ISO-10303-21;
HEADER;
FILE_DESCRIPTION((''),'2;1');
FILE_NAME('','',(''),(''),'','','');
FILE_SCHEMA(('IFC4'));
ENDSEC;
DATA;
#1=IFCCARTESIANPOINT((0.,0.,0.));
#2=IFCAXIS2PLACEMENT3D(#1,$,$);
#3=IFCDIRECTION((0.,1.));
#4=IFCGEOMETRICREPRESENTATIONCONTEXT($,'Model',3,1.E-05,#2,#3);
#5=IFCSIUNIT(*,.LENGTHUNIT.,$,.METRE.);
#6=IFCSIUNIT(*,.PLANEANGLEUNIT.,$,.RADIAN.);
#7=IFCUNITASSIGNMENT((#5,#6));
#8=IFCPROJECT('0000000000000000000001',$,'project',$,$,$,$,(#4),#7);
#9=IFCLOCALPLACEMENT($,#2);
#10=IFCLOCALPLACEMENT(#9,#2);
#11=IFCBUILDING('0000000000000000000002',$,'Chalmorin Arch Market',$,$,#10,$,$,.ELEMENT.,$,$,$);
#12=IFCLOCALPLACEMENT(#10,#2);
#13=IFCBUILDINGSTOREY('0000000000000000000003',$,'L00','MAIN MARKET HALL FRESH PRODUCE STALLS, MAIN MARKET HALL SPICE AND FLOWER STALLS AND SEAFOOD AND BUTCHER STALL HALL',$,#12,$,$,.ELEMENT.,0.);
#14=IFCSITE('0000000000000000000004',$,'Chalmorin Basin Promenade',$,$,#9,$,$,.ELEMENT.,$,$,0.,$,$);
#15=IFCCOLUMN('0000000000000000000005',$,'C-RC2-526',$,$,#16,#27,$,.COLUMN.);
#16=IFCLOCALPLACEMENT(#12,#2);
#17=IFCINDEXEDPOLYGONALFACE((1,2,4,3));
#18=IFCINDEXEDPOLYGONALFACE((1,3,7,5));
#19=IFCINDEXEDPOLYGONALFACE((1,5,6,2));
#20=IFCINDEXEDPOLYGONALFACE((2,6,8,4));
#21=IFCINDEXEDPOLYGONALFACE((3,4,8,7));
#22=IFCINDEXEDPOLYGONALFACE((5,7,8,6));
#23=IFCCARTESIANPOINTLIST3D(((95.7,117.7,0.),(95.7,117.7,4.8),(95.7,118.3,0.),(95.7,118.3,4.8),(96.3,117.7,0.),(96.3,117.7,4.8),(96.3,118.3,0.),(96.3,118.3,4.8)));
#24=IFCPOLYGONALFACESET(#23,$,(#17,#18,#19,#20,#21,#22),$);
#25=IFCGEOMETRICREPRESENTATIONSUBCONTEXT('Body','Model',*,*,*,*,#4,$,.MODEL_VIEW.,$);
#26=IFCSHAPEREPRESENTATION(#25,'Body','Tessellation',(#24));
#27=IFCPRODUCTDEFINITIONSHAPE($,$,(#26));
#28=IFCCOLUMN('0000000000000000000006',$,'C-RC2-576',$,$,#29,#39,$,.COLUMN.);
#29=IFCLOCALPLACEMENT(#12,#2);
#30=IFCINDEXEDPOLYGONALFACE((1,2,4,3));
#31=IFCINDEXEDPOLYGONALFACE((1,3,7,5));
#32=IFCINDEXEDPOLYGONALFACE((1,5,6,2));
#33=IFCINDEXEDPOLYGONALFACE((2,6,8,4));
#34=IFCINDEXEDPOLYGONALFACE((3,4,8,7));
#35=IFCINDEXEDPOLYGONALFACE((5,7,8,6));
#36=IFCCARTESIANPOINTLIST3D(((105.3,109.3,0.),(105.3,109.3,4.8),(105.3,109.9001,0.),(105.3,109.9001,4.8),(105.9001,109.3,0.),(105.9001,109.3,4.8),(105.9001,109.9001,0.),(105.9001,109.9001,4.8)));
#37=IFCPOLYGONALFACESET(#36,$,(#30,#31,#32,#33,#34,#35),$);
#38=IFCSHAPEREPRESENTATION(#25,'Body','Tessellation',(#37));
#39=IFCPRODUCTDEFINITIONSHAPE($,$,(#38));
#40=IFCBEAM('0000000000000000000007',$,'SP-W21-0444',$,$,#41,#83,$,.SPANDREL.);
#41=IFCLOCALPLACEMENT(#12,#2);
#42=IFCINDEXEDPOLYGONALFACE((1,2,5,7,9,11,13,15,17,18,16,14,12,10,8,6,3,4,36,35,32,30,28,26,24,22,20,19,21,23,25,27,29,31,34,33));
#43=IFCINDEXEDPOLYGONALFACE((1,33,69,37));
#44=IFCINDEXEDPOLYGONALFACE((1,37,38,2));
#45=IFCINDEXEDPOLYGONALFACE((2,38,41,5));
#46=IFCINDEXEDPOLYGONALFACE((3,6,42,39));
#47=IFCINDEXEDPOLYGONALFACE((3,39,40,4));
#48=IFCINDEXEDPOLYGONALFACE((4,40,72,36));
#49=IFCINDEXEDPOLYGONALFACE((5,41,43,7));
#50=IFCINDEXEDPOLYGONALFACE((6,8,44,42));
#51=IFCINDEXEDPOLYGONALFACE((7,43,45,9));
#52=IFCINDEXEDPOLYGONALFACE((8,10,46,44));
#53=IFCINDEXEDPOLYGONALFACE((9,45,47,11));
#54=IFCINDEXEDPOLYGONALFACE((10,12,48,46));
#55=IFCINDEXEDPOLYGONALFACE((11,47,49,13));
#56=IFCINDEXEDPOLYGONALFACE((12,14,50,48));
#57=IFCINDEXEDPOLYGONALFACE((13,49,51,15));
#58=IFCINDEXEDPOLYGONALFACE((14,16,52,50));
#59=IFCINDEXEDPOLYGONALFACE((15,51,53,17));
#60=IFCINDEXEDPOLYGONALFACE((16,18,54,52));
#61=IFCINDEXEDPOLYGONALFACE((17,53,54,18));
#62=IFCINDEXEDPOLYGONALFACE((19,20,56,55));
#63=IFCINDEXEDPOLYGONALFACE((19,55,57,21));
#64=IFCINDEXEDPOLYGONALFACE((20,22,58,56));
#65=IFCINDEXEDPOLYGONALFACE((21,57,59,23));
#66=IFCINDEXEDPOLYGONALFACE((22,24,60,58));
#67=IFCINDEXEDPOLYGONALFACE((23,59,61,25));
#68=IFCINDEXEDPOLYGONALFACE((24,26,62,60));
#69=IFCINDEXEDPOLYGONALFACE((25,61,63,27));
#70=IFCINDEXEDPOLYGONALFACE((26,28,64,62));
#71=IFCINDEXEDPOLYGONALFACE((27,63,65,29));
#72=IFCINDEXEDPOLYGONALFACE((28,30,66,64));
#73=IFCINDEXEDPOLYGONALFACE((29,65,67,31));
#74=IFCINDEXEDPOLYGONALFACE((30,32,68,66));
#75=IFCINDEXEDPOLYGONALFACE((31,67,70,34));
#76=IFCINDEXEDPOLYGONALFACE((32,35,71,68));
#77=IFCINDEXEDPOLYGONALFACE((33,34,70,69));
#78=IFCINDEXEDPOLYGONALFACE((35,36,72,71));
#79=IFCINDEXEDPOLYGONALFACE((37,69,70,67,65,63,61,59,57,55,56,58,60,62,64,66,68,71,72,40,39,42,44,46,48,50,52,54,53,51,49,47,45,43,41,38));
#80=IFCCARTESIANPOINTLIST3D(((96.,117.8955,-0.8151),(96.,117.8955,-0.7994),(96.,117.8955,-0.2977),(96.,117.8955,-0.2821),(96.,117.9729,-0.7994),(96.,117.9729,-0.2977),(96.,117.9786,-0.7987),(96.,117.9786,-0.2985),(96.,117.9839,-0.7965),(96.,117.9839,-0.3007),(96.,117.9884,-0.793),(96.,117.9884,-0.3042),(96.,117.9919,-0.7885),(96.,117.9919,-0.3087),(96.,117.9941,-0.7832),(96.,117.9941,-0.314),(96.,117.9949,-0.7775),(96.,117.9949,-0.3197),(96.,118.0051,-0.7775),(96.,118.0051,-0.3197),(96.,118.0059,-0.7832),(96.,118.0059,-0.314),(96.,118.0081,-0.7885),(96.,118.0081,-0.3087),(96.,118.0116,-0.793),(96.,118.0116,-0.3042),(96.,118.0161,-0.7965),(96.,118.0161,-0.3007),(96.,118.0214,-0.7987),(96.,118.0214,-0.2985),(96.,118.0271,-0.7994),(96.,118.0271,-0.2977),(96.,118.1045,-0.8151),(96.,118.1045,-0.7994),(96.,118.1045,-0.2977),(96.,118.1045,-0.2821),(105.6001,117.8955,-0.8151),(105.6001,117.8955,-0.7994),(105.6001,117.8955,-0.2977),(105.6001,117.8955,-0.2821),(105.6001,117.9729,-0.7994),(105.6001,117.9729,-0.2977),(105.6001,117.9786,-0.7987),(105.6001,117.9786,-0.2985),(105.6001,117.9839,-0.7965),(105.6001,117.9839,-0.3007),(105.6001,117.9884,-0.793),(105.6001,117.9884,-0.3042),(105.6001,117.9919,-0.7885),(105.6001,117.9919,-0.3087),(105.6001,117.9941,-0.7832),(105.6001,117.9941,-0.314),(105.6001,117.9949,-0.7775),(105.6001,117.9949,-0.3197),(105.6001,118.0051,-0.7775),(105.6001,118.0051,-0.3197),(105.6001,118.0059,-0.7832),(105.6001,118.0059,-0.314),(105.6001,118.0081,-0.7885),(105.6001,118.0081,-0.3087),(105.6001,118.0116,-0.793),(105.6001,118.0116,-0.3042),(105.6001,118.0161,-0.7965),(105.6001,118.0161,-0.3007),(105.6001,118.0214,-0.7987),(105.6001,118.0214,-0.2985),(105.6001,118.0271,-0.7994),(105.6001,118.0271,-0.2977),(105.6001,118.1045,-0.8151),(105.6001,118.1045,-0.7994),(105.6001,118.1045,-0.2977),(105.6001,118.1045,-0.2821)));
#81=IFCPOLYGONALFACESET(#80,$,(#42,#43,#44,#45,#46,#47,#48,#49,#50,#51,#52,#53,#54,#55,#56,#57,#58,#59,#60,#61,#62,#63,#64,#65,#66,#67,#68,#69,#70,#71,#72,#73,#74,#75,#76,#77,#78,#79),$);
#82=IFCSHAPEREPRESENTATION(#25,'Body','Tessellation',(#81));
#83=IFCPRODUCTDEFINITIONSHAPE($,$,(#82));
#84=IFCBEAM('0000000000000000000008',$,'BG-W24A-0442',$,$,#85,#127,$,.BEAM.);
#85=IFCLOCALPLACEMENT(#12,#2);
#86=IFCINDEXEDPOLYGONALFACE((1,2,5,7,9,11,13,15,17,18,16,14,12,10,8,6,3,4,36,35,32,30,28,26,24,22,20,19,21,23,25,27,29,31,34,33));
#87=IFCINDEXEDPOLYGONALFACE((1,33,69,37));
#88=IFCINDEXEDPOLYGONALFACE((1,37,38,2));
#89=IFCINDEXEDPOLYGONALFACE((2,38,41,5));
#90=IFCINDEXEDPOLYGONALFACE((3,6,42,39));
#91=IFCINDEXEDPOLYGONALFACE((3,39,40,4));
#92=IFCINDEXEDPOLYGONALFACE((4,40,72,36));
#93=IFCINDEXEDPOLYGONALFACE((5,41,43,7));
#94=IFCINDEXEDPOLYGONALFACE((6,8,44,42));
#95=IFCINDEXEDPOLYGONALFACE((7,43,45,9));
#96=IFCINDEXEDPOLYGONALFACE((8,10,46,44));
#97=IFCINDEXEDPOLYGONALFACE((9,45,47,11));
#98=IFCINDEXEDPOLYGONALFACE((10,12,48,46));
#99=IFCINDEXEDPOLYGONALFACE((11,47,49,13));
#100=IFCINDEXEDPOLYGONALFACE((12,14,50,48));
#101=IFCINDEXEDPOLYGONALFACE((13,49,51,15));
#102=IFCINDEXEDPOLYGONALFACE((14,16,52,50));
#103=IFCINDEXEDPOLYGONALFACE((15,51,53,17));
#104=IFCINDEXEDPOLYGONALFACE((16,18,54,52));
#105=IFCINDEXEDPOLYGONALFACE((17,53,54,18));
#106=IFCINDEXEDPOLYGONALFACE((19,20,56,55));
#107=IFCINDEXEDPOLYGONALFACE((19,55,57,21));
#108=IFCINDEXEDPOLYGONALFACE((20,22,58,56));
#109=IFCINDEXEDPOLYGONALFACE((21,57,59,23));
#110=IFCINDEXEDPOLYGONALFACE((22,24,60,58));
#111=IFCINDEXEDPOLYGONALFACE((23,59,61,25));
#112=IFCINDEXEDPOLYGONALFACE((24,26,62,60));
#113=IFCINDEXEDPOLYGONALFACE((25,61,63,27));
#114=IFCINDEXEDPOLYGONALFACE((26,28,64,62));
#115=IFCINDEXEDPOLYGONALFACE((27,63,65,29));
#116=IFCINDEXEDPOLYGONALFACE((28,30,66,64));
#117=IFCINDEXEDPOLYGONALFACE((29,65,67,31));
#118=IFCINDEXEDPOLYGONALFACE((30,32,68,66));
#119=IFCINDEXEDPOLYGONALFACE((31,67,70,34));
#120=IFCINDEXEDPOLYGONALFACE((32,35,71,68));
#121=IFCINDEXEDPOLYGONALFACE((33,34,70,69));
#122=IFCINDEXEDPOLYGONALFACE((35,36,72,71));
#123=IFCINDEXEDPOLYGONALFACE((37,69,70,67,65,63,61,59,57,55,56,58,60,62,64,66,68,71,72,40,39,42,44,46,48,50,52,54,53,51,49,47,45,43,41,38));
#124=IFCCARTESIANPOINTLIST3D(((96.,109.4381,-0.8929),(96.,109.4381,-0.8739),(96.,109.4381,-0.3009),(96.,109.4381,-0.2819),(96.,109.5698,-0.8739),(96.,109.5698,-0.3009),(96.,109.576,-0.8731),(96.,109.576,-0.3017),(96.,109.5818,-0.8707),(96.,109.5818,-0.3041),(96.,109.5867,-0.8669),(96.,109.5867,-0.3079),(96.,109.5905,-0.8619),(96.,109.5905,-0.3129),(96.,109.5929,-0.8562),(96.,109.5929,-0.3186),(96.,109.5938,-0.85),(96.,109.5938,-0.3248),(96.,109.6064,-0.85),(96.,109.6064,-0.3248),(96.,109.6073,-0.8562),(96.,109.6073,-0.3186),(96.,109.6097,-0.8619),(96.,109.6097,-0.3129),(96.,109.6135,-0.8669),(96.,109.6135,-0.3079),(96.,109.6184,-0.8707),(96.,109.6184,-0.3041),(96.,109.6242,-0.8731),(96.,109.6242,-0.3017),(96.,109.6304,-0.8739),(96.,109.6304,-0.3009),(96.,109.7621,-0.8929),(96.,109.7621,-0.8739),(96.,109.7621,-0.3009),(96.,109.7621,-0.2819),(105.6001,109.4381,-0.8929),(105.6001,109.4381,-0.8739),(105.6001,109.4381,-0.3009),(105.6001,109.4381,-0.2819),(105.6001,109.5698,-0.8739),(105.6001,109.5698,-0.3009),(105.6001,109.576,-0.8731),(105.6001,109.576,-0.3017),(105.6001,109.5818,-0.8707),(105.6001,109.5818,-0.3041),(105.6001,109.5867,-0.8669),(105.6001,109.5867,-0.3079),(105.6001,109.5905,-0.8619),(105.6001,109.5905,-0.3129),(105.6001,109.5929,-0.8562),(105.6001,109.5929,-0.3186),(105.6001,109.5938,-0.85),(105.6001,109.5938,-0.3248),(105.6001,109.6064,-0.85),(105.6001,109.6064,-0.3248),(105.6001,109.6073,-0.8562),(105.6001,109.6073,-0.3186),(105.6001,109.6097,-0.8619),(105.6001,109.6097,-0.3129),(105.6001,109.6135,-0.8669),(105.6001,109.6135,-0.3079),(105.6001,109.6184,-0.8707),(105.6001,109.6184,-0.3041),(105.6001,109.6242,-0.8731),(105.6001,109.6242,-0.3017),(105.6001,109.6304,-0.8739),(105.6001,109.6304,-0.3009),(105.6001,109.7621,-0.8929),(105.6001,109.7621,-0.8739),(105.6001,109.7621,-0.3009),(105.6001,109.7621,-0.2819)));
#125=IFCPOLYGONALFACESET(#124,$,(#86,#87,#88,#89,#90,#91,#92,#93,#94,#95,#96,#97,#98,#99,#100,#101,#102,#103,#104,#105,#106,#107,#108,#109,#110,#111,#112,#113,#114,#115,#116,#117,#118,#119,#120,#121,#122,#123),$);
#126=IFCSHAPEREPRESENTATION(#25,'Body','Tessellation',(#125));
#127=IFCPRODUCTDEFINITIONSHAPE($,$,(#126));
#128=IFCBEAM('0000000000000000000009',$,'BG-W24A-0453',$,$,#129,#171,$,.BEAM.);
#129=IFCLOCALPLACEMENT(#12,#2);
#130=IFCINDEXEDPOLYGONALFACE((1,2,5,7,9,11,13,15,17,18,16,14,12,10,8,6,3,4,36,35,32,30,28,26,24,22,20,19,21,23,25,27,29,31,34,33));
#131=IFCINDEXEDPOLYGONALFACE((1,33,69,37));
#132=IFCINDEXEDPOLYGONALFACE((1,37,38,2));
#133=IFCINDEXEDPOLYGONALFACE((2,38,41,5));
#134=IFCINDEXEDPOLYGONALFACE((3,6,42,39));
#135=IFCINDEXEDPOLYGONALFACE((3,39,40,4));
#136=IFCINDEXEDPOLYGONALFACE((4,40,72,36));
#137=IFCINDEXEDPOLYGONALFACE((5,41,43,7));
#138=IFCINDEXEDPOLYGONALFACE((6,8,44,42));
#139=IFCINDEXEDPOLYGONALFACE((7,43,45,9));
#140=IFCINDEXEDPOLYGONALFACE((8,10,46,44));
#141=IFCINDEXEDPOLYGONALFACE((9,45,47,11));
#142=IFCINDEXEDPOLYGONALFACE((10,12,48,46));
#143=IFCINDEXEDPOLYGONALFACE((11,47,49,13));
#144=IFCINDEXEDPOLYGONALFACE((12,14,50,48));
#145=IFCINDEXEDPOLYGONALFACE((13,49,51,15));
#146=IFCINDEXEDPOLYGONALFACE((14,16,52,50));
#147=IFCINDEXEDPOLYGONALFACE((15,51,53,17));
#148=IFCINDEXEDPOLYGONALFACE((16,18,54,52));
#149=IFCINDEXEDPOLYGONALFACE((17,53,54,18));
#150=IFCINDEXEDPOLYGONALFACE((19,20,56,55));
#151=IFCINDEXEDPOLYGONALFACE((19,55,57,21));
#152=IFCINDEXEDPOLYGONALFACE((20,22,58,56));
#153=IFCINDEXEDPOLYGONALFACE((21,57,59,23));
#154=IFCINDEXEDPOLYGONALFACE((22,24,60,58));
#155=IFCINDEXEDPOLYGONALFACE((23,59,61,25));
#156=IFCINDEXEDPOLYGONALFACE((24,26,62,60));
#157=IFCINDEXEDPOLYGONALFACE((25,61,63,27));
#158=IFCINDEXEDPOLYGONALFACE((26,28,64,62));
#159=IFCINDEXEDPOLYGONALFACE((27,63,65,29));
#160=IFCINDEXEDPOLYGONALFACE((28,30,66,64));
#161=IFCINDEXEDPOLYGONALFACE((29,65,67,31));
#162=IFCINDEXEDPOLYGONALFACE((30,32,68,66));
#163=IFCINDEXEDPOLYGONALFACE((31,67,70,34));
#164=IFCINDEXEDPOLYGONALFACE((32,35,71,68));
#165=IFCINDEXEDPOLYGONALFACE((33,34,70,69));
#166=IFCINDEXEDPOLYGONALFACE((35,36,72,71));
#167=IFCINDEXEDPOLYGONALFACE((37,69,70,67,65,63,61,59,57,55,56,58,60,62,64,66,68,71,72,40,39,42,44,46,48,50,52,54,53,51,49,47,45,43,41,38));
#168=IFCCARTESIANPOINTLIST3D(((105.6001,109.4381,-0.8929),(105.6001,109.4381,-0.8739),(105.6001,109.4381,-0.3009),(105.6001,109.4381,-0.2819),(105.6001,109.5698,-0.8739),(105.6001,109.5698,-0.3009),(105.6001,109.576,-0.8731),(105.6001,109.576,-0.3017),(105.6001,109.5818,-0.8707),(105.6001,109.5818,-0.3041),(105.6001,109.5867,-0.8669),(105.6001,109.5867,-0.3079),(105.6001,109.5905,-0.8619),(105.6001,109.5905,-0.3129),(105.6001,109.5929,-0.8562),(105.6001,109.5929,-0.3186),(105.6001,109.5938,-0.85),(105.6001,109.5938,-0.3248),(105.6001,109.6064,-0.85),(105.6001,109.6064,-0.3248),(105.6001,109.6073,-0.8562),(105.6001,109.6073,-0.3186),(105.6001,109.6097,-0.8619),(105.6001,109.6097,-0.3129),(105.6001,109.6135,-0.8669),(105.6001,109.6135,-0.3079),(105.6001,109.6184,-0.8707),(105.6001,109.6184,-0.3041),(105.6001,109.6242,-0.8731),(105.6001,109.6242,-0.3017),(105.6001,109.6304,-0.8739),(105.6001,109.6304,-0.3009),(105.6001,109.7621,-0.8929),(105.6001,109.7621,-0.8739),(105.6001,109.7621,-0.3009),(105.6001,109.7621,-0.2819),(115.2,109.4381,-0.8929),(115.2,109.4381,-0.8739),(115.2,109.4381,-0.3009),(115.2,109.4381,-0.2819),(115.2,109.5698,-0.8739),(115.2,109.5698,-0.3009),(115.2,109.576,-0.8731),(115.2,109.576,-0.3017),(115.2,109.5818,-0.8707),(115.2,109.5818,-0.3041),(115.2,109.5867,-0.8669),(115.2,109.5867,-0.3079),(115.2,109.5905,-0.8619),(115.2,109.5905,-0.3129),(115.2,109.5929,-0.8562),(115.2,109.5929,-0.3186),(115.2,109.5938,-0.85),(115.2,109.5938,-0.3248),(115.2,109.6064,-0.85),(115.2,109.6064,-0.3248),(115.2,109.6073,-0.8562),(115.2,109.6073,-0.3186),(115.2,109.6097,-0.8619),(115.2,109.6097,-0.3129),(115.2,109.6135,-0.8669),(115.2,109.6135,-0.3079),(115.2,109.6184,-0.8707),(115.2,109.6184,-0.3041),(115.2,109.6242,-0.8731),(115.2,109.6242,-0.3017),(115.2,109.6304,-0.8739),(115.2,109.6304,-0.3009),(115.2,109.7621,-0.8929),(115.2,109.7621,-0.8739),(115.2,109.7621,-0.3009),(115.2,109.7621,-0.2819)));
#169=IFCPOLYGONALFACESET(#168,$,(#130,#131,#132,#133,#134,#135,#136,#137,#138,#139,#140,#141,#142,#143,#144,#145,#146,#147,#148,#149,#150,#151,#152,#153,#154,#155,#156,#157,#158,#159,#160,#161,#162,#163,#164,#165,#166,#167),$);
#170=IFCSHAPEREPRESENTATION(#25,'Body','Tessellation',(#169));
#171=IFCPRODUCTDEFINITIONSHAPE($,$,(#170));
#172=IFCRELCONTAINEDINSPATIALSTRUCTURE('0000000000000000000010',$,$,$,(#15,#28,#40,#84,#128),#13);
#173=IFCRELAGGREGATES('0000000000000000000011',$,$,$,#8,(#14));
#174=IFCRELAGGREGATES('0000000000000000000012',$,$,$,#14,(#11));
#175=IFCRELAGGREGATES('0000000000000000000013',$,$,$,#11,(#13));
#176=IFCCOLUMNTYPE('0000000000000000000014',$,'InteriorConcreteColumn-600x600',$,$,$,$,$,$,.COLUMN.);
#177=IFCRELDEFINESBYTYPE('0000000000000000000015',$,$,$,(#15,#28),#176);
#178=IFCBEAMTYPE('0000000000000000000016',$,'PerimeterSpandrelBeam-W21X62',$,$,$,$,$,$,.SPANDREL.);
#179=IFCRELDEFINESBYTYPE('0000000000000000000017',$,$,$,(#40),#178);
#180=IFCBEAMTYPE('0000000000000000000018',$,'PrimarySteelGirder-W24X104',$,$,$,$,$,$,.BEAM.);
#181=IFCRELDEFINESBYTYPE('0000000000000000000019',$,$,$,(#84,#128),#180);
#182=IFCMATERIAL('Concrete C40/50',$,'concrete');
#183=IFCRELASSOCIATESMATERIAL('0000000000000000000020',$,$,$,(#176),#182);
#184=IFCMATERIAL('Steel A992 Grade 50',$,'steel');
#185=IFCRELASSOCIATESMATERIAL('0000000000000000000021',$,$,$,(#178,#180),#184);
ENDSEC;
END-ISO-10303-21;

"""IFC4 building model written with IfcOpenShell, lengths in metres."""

from ifc_helpers import new_model, si_unit, direction, frame, origin, origin_2d, place, context, subcontext, project, spatial, rectangle, i_section, extrude, material, material_profile, profile_set, type_object, element, save


model = new_model("IFC4")

# Units and contexts
model_context = context("Model", 3, precision=1e-05, world=origin(), true_north=direction((0.0, 1.0)))
body_context = subcontext(model_context, "Body", "Model", "MODEL_VIEW")
ifc_project = project(units=[si_unit("LENGTHUNIT", "METRE"), si_unit("PLANEANGLEUNIT", "RADIAN")], contexts=[model_context])

# Site, building, storey
site_placement = place(None, origin())
site = spatial("IfcSite", under=ifc_project, at=site_placement, Name="Chalmorin Basin Promenade", CompositionType="ELEMENT", RefElevation=0.0)
building_placement = place(site_placement, origin())
building = spatial("IfcBuilding", under=site, at=building_placement, Name="Chalmorin Arch Market", CompositionType="ELEMENT")
storey_placement = place(building_placement, origin())
storey = spatial("IfcBuildingStorey", under=building, at=storey_placement, Name="L00", Description="MAIN MARKET HALL FRESH PRODUCE STALLS, MAIN MARKET HALL SPICE AND FLOWER STALLS AND SEAFOOD AND BUTCHER STALL HALL", CompositionType="ELEMENT", Elevation=0.0)

# Columns
ifc_material_1 = material(Name="Concrete C40/50", Category="concrete")
ifc_material_profile_1 = material_profile(ifc_material_1, rectangle(XDim=0.6001, YDim=0.6001, at=origin_2d()), Name="RC600X600")
ifc_profile_set_1 = profile_set([ifc_material_profile_1], Name="Concrete C40/50")
column_type = type_object("IfcColumnType", Name="InteriorConcreteColumn-600x600", PredefinedType="COLUMN", material=ifc_profile_set_1)
for number, where, z_axis, x_axis, name in (
    (1, (96.0, 118.0, 0.0), (0.0, 0.0, 1.0), (1.0, 0.0, 0.0), "C-RC2-526"),
    (2, (105.6001, 109.6001, 0.0), (0.0, 0.0, 1.0), (1.0, 0.0, 0.0), "C-RC2-576"),
):
    element("IfcColumn", number, at=place(storey_placement, frame(where, z_axis=z_axis, x_axis=x_axis)), inside=storey, type_object=column_type, Name=name, PredefinedType="COLUMN", context=body_context, shape_type="SweptSolid", body=[
        extrude(rectangle(XDim=0.6001, YDim=0.6001, at=origin_2d()), origin(), (0.0, 0.0, 1.0), 4.8),
    ])

# Beams
ifc_material_2 = material(Name="Steel A992 Grade 50", Category="steel")
ifc_material_profile_2 = material_profile(ifc_material_2, i_section(OverallWidth=0.209, OverallDepth=0.533, WebThickness=0.0103, FlangeThickness=0.0156, FilletRadius=0.022, at=origin_2d()), Name="W21X62")
ifc_profile_set_2 = profile_set([ifc_material_profile_2], Name="Steel A992 Grade 50")
beam_type_1 = type_object("IfcBeamType", Name="PerimeterSpandrelBeam-W21X62", PredefinedType="SPANDREL", material=ifc_profile_set_2)
beam_1_placement = place(storey_placement, frame((96.0, 118.0, -0.5486), z_axis=(1.0, 0.0, 0.0), x_axis=(0.0, 1.0, 0.0)))
element("IfcBeam", 3, at=beam_1_placement, inside=storey, type_object=beam_type_1, Name="SP-W21-0444", PredefinedType="SPANDREL", context=body_context, shape_type="SweptSolid", body=[
    extrude(i_section(OverallWidth=0.209, OverallDepth=0.533, WebThickness=0.0103, FlangeThickness=0.0156, FilletRadius=0.022, at=origin_2d()), origin(), (0.0, 0.0, 1.0), 9.6001),
])
ifc_material_profile_3 = material_profile(ifc_material_2, i_section(OverallWidth=0.324, OverallDepth=0.6111, WebThickness=0.0127, FlangeThickness=0.019, FilletRadius=0.0239, at=origin_2d()), Name="W24X104")
ifc_profile_set_3 = profile_set([ifc_material_profile_3], Name="Steel A992 Grade 50")
beam_type_2 = type_object("IfcBeamType", Name="PrimarySteelGirder-W24X104", PredefinedType="BEAM", material=ifc_profile_set_3)
beam_2_placement = place(storey_placement, frame((96.0, 109.6001, -0.5874), z_axis=(1.0, 0.0, 0.0), x_axis=(0.0, 1.0, 0.0)))
element("IfcBeam", 4, at=beam_2_placement, inside=storey, type_object=beam_type_2, Name="BG-W24A-0442", PredefinedType="BEAM", context=body_context, shape_type="SweptSolid", body=[
    extrude(i_section(OverallWidth=0.324, OverallDepth=0.6111, WebThickness=0.0127, FlangeThickness=0.019, FilletRadius=0.0239, at=origin_2d()), origin(), (0.0, 0.0, 1.0), 9.6001),
])
beam_3_placement = place(storey_placement, frame((105.6001, 109.6001, -0.5874), z_axis=(1.0, 0.0, 0.0), x_axis=(0.0, 1.0, 0.0)))
element("IfcBeam", 5, at=beam_3_placement, inside=storey, type_object=beam_type_2, Name="BG-W24A-0453", PredefinedType="BEAM", context=body_context, shape_type="SweptSolid", body=[
    extrude(i_section(OverallWidth=0.324, OverallDepth=0.6111, WebThickness=0.0127, FlangeThickness=0.019, FilletRadius=0.0239, at=origin_2d()), origin(), (0.0, 0.0, 1.0), 9.5999),
])

save(model, "model.ifc")
